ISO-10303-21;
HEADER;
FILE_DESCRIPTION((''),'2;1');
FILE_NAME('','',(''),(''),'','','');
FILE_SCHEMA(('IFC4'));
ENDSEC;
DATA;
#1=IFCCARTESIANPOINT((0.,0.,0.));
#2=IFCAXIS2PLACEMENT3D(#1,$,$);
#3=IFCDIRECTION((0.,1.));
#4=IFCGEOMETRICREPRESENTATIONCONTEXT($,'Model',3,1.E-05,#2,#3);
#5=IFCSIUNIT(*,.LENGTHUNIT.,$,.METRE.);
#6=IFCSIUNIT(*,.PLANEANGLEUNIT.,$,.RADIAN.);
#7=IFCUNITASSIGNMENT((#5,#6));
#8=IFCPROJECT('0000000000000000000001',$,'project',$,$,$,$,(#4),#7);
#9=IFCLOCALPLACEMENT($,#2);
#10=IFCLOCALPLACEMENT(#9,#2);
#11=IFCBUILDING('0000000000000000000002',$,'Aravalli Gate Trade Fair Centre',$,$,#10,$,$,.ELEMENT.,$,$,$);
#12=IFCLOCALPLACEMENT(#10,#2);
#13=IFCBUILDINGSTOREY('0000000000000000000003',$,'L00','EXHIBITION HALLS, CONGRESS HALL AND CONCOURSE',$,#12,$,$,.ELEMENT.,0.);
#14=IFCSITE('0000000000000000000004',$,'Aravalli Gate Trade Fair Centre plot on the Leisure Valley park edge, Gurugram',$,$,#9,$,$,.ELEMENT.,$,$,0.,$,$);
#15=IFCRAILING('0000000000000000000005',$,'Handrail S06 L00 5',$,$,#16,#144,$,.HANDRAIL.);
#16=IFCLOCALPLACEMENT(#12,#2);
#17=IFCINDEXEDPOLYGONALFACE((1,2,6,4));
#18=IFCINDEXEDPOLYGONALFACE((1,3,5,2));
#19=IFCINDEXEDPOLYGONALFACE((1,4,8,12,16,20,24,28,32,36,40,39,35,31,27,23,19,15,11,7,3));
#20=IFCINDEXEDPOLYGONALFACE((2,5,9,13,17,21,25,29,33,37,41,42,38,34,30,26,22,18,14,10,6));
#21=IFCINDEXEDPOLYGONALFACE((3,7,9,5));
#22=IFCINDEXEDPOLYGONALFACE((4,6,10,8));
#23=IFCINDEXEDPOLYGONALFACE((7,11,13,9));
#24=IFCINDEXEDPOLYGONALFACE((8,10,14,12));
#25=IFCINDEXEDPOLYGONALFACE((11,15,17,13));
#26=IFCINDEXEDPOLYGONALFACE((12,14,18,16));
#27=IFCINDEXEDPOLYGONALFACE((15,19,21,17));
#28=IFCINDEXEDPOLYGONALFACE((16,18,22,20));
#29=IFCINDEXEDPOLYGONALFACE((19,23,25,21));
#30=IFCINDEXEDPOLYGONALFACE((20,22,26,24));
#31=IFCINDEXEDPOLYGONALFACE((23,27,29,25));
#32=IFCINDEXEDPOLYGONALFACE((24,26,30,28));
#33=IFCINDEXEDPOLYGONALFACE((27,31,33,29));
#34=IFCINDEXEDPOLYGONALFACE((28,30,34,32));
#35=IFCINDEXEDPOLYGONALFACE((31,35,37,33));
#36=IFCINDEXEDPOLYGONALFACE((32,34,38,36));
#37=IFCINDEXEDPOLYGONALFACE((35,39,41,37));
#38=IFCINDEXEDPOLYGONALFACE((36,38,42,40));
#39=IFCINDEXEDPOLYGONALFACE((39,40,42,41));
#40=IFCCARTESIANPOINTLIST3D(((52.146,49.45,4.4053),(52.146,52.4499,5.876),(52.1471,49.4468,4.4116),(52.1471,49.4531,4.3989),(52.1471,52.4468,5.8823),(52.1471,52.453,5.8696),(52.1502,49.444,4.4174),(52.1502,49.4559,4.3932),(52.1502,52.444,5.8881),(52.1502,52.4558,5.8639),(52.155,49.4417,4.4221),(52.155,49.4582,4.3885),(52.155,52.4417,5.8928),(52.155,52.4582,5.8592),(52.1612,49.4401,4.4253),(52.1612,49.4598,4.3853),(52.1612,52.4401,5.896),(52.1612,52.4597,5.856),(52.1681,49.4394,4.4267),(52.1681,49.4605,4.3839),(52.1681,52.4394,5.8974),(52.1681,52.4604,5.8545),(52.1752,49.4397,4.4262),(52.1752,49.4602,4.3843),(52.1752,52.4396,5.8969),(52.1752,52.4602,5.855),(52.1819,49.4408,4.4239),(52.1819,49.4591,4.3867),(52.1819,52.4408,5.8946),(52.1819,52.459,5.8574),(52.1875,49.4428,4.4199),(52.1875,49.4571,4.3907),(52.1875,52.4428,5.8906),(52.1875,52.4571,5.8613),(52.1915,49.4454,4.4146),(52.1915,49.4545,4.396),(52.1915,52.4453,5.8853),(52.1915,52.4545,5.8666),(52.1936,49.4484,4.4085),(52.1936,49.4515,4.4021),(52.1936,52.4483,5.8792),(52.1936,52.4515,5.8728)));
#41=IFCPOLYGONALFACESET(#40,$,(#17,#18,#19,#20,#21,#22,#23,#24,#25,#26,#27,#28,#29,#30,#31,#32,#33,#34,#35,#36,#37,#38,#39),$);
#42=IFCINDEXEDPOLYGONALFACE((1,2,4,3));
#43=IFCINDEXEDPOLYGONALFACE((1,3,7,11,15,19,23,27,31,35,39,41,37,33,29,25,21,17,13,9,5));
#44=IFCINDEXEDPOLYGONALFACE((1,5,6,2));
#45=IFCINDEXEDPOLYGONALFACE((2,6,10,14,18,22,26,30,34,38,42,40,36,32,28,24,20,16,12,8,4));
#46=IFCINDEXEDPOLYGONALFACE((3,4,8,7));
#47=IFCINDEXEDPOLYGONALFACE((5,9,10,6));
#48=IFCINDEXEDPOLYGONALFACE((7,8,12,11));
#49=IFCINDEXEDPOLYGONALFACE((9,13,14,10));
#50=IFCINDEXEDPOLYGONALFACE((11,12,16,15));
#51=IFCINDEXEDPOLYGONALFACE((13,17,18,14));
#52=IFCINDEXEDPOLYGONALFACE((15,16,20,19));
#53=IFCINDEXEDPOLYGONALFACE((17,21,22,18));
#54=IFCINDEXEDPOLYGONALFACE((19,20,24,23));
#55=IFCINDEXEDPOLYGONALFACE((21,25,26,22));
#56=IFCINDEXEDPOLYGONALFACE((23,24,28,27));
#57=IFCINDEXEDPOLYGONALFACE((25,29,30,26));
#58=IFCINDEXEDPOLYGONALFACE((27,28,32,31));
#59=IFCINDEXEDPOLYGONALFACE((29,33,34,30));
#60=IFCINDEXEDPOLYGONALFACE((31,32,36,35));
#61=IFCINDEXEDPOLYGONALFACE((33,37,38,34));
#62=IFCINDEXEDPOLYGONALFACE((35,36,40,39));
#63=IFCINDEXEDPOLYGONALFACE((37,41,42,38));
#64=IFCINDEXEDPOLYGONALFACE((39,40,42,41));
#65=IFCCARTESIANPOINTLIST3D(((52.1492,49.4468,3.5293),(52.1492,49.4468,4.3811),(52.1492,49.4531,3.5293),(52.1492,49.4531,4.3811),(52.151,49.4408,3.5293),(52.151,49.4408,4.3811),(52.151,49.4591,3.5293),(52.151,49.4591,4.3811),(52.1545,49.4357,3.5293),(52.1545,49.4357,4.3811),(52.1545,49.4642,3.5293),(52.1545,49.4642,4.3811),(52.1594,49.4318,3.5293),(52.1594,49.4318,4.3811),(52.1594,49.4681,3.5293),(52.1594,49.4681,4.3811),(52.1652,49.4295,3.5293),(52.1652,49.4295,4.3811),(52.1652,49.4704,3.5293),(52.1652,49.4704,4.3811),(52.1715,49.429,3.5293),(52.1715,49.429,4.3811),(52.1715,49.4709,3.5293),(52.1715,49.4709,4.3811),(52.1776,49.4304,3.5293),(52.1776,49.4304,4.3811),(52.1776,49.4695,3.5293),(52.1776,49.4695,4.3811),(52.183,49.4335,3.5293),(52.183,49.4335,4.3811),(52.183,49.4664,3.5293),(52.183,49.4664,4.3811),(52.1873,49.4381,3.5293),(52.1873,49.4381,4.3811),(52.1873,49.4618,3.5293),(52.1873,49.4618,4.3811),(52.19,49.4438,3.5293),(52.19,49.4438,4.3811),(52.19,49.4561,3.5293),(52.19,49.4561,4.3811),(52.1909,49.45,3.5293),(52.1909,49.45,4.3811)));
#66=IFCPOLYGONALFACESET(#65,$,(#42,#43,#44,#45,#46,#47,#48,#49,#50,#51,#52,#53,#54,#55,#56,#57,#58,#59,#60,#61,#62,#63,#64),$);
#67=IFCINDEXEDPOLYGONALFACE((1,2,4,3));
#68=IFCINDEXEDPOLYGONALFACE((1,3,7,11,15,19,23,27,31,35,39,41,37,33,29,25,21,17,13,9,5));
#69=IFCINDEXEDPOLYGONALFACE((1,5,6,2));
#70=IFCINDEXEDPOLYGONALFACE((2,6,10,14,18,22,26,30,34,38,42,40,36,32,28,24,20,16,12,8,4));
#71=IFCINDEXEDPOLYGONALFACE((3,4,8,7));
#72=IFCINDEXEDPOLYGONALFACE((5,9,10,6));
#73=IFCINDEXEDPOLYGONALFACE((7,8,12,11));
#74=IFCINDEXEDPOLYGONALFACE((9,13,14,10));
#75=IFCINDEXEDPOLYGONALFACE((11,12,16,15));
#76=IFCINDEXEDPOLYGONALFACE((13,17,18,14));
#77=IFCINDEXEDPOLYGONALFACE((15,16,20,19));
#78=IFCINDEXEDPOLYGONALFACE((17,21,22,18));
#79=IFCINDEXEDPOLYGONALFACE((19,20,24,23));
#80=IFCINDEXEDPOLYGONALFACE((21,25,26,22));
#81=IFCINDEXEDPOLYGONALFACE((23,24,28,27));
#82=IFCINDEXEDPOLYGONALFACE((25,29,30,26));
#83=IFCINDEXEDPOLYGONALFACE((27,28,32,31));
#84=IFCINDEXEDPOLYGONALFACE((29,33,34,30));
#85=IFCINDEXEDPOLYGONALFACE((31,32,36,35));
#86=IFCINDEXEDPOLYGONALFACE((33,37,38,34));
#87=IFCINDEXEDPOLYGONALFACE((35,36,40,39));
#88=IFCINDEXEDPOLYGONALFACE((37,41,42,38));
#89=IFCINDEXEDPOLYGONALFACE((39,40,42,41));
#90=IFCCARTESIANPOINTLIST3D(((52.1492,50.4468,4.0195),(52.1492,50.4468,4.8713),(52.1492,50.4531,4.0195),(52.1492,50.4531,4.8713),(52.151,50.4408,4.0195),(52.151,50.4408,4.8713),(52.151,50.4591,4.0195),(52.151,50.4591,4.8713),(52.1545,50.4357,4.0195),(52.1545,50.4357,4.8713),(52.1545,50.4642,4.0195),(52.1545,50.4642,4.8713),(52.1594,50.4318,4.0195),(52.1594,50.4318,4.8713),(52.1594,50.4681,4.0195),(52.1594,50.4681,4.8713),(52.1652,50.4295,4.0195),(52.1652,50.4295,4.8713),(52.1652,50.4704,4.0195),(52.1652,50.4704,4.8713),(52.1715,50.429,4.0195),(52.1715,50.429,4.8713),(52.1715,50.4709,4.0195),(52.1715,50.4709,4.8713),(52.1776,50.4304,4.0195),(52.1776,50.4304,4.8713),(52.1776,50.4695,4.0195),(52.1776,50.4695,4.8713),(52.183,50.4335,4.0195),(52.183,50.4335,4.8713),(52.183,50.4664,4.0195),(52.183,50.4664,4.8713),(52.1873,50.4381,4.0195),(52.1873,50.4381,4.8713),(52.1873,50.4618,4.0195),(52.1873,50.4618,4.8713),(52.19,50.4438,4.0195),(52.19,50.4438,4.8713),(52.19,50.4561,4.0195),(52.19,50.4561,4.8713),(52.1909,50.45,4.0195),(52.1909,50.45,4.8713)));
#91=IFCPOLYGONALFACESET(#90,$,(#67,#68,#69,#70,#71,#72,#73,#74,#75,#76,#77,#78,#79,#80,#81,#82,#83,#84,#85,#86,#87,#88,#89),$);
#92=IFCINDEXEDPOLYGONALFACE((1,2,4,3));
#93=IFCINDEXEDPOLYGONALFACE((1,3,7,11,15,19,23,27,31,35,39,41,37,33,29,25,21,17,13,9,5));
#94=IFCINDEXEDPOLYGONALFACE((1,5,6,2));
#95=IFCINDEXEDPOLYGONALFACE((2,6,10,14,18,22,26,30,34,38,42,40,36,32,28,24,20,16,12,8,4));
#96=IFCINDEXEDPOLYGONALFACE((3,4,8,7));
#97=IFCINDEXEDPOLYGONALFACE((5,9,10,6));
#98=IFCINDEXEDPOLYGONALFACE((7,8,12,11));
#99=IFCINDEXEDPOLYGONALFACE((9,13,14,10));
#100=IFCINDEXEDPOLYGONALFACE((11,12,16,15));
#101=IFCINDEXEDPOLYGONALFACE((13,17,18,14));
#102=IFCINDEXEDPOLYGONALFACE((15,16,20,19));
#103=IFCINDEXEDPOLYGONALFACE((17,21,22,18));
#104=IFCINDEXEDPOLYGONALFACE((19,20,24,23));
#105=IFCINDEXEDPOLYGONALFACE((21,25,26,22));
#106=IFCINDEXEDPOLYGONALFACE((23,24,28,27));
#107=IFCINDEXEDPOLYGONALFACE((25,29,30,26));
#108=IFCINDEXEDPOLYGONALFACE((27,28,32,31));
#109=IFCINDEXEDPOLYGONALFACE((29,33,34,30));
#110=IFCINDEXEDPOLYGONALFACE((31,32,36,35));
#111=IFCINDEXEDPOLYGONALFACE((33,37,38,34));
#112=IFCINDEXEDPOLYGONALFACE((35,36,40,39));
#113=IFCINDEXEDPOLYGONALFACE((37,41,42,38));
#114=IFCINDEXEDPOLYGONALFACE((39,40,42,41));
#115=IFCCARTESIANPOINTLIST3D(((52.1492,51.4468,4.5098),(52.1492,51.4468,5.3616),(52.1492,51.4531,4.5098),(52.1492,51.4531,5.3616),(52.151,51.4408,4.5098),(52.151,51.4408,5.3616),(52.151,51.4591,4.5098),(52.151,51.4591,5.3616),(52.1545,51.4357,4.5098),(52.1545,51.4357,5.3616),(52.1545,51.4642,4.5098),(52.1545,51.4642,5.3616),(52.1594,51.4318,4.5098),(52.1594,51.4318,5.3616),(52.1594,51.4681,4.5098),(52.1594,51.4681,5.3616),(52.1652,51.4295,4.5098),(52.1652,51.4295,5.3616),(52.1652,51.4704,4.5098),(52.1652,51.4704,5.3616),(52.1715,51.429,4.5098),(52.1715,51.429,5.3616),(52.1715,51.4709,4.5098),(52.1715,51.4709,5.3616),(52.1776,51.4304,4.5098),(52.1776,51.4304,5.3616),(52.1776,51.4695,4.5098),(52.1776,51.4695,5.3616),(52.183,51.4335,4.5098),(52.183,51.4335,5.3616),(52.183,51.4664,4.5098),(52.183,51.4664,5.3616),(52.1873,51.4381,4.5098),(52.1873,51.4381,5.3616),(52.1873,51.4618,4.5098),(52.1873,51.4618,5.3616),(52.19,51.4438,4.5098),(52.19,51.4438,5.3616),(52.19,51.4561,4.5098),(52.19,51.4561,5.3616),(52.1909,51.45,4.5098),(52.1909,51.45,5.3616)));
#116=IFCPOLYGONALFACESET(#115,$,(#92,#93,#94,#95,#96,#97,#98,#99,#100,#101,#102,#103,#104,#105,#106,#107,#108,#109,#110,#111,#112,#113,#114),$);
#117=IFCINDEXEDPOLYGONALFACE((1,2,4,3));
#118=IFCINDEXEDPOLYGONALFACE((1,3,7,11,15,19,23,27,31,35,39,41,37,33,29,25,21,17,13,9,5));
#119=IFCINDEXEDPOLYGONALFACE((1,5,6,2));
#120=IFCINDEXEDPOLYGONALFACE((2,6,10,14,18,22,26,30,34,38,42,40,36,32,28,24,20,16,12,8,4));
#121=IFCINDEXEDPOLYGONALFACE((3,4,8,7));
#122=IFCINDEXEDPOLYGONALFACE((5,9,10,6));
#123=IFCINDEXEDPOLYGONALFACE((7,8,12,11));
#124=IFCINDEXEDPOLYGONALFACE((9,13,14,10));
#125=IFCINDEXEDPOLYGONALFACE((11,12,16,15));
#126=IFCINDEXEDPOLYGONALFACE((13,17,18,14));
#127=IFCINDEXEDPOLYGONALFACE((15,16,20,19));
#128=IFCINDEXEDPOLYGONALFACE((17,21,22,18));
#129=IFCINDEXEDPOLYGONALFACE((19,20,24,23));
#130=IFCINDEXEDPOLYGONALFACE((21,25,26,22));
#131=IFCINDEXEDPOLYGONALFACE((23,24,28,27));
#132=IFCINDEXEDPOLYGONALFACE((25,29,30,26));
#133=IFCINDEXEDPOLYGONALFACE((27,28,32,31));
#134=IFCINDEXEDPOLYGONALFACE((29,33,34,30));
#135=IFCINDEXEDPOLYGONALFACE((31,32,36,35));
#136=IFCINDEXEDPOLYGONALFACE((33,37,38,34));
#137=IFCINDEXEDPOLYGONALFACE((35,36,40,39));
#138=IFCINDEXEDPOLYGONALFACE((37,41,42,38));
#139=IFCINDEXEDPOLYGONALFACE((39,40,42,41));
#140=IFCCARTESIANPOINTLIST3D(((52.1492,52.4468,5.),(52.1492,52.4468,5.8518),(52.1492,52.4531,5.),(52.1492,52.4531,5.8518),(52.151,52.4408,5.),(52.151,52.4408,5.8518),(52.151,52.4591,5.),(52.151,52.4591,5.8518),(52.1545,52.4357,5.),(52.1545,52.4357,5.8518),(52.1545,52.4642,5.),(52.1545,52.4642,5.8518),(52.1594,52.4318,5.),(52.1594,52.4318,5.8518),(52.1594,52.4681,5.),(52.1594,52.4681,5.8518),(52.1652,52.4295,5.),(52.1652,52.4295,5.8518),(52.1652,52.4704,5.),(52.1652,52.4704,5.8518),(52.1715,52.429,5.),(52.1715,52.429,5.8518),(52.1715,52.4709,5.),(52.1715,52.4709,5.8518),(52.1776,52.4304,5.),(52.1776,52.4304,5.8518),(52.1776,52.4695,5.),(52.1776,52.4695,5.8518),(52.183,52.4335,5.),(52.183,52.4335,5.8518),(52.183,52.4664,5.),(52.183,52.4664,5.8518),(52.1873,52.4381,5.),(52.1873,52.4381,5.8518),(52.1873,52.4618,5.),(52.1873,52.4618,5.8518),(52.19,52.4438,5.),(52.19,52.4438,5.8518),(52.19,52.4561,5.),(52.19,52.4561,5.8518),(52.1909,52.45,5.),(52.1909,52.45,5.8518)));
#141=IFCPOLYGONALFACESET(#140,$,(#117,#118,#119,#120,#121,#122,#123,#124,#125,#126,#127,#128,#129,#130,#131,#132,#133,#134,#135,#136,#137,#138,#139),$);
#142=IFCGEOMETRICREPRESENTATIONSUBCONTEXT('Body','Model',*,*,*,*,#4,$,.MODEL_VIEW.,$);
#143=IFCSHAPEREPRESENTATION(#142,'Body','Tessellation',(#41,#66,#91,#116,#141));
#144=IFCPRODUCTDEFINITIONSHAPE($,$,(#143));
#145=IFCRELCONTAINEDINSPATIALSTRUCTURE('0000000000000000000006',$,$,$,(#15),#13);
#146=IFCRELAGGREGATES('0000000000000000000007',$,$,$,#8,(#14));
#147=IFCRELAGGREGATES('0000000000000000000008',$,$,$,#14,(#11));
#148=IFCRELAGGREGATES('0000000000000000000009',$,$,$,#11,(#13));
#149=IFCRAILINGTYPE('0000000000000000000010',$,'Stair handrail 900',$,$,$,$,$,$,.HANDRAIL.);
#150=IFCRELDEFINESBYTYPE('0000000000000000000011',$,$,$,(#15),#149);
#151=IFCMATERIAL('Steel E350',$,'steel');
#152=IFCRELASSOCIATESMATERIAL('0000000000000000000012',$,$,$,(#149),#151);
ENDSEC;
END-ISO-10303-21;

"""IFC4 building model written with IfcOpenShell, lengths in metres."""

from ifc_helpers import new_model, si_unit, direction, frame, origin, origin_2d, place, context, subcontext, project, spatial, circle, extrude, material, type_object, element, save


model = new_model("IFC4")

# Units and contexts
model_context = context("Model", 3, precision=1e-05, world=origin(), true_north=direction((0.0, 1.0)))
body_context = subcontext(model_context, "Body", "Model", "MODEL_VIEW")
ifc_project = project(units=[si_unit("LENGTHUNIT", "METRE"), si_unit("PLANEANGLEUNIT", "RADIAN")], contexts=[model_context])

# Site, building, storey
site_placement = place(None, origin())
site = spatial("IfcSite", under=ifc_project, at=site_placement, Name="Aravalli Gate Trade Fair Centre plot on the Leisure Valley park edge, Gurugram", CompositionType="ELEMENT", RefElevation=0.0)
building_placement = place(site_placement, origin())
building = spatial("IfcBuilding", under=site, at=building_placement, Name="Aravalli Gate Trade Fair Centre", CompositionType="ELEMENT")
storey_placement = place(building_placement, origin())
storey = spatial("IfcBuildingStorey", under=building, at=storey_placement, Name="L00", Description="EXHIBITION HALLS, CONGRESS HALL AND CONCOURSE", CompositionType="ELEMENT", Elevation=0.0)

# Railing
ifc_material_1 = material(Name="Steel E350", Category="steel")
railing_type = type_object("IfcRailingType", Name="Stair handrail 900", PredefinedType="HANDRAIL", material=ifc_material_1)
for number, where, name in (
    (1, (52.1699, 49.45, 3.5293), "Handrail S06 L00 5"),
):
    element("IfcRailing", number, at=place(storey_placement, frame(where)), inside=storey, type_object=railing_type, Name=name, PredefinedType="HANDRAIL", context=body_context, shape_type="SweptSolid", body=[
        extrude(circle(Radius=0.0239, at=origin_2d()), frame((0.0, 0.0, 0.876), z_axis=(0.0, 0.897907, 0.440185), x_axis=(-1.0, 0.0, 0.0)), (0.0, 0.0, 1.0), 3.3411),
        extrude(circle(Radius=0.021, at=origin_2d()), origin(), (0.0, 0.0, 1.0), 0.8518),
        extrude(circle(Radius=0.021, at=origin_2d()), frame((0.0, 1.0, 0.4902)), (0.0, 0.0, 1.0), 0.8518),
        extrude(circle(Radius=0.021, at=origin_2d()), frame((0.0, 2.0, 0.9805)), (0.0, 0.0, 1.0), 0.8518),
        extrude(circle(Radius=0.021, at=origin_2d()), frame((0.0, 3.0, 1.4707)), (0.0, 0.0, 1.0), 0.8518),
    ])

save(model, "model.ifc")
